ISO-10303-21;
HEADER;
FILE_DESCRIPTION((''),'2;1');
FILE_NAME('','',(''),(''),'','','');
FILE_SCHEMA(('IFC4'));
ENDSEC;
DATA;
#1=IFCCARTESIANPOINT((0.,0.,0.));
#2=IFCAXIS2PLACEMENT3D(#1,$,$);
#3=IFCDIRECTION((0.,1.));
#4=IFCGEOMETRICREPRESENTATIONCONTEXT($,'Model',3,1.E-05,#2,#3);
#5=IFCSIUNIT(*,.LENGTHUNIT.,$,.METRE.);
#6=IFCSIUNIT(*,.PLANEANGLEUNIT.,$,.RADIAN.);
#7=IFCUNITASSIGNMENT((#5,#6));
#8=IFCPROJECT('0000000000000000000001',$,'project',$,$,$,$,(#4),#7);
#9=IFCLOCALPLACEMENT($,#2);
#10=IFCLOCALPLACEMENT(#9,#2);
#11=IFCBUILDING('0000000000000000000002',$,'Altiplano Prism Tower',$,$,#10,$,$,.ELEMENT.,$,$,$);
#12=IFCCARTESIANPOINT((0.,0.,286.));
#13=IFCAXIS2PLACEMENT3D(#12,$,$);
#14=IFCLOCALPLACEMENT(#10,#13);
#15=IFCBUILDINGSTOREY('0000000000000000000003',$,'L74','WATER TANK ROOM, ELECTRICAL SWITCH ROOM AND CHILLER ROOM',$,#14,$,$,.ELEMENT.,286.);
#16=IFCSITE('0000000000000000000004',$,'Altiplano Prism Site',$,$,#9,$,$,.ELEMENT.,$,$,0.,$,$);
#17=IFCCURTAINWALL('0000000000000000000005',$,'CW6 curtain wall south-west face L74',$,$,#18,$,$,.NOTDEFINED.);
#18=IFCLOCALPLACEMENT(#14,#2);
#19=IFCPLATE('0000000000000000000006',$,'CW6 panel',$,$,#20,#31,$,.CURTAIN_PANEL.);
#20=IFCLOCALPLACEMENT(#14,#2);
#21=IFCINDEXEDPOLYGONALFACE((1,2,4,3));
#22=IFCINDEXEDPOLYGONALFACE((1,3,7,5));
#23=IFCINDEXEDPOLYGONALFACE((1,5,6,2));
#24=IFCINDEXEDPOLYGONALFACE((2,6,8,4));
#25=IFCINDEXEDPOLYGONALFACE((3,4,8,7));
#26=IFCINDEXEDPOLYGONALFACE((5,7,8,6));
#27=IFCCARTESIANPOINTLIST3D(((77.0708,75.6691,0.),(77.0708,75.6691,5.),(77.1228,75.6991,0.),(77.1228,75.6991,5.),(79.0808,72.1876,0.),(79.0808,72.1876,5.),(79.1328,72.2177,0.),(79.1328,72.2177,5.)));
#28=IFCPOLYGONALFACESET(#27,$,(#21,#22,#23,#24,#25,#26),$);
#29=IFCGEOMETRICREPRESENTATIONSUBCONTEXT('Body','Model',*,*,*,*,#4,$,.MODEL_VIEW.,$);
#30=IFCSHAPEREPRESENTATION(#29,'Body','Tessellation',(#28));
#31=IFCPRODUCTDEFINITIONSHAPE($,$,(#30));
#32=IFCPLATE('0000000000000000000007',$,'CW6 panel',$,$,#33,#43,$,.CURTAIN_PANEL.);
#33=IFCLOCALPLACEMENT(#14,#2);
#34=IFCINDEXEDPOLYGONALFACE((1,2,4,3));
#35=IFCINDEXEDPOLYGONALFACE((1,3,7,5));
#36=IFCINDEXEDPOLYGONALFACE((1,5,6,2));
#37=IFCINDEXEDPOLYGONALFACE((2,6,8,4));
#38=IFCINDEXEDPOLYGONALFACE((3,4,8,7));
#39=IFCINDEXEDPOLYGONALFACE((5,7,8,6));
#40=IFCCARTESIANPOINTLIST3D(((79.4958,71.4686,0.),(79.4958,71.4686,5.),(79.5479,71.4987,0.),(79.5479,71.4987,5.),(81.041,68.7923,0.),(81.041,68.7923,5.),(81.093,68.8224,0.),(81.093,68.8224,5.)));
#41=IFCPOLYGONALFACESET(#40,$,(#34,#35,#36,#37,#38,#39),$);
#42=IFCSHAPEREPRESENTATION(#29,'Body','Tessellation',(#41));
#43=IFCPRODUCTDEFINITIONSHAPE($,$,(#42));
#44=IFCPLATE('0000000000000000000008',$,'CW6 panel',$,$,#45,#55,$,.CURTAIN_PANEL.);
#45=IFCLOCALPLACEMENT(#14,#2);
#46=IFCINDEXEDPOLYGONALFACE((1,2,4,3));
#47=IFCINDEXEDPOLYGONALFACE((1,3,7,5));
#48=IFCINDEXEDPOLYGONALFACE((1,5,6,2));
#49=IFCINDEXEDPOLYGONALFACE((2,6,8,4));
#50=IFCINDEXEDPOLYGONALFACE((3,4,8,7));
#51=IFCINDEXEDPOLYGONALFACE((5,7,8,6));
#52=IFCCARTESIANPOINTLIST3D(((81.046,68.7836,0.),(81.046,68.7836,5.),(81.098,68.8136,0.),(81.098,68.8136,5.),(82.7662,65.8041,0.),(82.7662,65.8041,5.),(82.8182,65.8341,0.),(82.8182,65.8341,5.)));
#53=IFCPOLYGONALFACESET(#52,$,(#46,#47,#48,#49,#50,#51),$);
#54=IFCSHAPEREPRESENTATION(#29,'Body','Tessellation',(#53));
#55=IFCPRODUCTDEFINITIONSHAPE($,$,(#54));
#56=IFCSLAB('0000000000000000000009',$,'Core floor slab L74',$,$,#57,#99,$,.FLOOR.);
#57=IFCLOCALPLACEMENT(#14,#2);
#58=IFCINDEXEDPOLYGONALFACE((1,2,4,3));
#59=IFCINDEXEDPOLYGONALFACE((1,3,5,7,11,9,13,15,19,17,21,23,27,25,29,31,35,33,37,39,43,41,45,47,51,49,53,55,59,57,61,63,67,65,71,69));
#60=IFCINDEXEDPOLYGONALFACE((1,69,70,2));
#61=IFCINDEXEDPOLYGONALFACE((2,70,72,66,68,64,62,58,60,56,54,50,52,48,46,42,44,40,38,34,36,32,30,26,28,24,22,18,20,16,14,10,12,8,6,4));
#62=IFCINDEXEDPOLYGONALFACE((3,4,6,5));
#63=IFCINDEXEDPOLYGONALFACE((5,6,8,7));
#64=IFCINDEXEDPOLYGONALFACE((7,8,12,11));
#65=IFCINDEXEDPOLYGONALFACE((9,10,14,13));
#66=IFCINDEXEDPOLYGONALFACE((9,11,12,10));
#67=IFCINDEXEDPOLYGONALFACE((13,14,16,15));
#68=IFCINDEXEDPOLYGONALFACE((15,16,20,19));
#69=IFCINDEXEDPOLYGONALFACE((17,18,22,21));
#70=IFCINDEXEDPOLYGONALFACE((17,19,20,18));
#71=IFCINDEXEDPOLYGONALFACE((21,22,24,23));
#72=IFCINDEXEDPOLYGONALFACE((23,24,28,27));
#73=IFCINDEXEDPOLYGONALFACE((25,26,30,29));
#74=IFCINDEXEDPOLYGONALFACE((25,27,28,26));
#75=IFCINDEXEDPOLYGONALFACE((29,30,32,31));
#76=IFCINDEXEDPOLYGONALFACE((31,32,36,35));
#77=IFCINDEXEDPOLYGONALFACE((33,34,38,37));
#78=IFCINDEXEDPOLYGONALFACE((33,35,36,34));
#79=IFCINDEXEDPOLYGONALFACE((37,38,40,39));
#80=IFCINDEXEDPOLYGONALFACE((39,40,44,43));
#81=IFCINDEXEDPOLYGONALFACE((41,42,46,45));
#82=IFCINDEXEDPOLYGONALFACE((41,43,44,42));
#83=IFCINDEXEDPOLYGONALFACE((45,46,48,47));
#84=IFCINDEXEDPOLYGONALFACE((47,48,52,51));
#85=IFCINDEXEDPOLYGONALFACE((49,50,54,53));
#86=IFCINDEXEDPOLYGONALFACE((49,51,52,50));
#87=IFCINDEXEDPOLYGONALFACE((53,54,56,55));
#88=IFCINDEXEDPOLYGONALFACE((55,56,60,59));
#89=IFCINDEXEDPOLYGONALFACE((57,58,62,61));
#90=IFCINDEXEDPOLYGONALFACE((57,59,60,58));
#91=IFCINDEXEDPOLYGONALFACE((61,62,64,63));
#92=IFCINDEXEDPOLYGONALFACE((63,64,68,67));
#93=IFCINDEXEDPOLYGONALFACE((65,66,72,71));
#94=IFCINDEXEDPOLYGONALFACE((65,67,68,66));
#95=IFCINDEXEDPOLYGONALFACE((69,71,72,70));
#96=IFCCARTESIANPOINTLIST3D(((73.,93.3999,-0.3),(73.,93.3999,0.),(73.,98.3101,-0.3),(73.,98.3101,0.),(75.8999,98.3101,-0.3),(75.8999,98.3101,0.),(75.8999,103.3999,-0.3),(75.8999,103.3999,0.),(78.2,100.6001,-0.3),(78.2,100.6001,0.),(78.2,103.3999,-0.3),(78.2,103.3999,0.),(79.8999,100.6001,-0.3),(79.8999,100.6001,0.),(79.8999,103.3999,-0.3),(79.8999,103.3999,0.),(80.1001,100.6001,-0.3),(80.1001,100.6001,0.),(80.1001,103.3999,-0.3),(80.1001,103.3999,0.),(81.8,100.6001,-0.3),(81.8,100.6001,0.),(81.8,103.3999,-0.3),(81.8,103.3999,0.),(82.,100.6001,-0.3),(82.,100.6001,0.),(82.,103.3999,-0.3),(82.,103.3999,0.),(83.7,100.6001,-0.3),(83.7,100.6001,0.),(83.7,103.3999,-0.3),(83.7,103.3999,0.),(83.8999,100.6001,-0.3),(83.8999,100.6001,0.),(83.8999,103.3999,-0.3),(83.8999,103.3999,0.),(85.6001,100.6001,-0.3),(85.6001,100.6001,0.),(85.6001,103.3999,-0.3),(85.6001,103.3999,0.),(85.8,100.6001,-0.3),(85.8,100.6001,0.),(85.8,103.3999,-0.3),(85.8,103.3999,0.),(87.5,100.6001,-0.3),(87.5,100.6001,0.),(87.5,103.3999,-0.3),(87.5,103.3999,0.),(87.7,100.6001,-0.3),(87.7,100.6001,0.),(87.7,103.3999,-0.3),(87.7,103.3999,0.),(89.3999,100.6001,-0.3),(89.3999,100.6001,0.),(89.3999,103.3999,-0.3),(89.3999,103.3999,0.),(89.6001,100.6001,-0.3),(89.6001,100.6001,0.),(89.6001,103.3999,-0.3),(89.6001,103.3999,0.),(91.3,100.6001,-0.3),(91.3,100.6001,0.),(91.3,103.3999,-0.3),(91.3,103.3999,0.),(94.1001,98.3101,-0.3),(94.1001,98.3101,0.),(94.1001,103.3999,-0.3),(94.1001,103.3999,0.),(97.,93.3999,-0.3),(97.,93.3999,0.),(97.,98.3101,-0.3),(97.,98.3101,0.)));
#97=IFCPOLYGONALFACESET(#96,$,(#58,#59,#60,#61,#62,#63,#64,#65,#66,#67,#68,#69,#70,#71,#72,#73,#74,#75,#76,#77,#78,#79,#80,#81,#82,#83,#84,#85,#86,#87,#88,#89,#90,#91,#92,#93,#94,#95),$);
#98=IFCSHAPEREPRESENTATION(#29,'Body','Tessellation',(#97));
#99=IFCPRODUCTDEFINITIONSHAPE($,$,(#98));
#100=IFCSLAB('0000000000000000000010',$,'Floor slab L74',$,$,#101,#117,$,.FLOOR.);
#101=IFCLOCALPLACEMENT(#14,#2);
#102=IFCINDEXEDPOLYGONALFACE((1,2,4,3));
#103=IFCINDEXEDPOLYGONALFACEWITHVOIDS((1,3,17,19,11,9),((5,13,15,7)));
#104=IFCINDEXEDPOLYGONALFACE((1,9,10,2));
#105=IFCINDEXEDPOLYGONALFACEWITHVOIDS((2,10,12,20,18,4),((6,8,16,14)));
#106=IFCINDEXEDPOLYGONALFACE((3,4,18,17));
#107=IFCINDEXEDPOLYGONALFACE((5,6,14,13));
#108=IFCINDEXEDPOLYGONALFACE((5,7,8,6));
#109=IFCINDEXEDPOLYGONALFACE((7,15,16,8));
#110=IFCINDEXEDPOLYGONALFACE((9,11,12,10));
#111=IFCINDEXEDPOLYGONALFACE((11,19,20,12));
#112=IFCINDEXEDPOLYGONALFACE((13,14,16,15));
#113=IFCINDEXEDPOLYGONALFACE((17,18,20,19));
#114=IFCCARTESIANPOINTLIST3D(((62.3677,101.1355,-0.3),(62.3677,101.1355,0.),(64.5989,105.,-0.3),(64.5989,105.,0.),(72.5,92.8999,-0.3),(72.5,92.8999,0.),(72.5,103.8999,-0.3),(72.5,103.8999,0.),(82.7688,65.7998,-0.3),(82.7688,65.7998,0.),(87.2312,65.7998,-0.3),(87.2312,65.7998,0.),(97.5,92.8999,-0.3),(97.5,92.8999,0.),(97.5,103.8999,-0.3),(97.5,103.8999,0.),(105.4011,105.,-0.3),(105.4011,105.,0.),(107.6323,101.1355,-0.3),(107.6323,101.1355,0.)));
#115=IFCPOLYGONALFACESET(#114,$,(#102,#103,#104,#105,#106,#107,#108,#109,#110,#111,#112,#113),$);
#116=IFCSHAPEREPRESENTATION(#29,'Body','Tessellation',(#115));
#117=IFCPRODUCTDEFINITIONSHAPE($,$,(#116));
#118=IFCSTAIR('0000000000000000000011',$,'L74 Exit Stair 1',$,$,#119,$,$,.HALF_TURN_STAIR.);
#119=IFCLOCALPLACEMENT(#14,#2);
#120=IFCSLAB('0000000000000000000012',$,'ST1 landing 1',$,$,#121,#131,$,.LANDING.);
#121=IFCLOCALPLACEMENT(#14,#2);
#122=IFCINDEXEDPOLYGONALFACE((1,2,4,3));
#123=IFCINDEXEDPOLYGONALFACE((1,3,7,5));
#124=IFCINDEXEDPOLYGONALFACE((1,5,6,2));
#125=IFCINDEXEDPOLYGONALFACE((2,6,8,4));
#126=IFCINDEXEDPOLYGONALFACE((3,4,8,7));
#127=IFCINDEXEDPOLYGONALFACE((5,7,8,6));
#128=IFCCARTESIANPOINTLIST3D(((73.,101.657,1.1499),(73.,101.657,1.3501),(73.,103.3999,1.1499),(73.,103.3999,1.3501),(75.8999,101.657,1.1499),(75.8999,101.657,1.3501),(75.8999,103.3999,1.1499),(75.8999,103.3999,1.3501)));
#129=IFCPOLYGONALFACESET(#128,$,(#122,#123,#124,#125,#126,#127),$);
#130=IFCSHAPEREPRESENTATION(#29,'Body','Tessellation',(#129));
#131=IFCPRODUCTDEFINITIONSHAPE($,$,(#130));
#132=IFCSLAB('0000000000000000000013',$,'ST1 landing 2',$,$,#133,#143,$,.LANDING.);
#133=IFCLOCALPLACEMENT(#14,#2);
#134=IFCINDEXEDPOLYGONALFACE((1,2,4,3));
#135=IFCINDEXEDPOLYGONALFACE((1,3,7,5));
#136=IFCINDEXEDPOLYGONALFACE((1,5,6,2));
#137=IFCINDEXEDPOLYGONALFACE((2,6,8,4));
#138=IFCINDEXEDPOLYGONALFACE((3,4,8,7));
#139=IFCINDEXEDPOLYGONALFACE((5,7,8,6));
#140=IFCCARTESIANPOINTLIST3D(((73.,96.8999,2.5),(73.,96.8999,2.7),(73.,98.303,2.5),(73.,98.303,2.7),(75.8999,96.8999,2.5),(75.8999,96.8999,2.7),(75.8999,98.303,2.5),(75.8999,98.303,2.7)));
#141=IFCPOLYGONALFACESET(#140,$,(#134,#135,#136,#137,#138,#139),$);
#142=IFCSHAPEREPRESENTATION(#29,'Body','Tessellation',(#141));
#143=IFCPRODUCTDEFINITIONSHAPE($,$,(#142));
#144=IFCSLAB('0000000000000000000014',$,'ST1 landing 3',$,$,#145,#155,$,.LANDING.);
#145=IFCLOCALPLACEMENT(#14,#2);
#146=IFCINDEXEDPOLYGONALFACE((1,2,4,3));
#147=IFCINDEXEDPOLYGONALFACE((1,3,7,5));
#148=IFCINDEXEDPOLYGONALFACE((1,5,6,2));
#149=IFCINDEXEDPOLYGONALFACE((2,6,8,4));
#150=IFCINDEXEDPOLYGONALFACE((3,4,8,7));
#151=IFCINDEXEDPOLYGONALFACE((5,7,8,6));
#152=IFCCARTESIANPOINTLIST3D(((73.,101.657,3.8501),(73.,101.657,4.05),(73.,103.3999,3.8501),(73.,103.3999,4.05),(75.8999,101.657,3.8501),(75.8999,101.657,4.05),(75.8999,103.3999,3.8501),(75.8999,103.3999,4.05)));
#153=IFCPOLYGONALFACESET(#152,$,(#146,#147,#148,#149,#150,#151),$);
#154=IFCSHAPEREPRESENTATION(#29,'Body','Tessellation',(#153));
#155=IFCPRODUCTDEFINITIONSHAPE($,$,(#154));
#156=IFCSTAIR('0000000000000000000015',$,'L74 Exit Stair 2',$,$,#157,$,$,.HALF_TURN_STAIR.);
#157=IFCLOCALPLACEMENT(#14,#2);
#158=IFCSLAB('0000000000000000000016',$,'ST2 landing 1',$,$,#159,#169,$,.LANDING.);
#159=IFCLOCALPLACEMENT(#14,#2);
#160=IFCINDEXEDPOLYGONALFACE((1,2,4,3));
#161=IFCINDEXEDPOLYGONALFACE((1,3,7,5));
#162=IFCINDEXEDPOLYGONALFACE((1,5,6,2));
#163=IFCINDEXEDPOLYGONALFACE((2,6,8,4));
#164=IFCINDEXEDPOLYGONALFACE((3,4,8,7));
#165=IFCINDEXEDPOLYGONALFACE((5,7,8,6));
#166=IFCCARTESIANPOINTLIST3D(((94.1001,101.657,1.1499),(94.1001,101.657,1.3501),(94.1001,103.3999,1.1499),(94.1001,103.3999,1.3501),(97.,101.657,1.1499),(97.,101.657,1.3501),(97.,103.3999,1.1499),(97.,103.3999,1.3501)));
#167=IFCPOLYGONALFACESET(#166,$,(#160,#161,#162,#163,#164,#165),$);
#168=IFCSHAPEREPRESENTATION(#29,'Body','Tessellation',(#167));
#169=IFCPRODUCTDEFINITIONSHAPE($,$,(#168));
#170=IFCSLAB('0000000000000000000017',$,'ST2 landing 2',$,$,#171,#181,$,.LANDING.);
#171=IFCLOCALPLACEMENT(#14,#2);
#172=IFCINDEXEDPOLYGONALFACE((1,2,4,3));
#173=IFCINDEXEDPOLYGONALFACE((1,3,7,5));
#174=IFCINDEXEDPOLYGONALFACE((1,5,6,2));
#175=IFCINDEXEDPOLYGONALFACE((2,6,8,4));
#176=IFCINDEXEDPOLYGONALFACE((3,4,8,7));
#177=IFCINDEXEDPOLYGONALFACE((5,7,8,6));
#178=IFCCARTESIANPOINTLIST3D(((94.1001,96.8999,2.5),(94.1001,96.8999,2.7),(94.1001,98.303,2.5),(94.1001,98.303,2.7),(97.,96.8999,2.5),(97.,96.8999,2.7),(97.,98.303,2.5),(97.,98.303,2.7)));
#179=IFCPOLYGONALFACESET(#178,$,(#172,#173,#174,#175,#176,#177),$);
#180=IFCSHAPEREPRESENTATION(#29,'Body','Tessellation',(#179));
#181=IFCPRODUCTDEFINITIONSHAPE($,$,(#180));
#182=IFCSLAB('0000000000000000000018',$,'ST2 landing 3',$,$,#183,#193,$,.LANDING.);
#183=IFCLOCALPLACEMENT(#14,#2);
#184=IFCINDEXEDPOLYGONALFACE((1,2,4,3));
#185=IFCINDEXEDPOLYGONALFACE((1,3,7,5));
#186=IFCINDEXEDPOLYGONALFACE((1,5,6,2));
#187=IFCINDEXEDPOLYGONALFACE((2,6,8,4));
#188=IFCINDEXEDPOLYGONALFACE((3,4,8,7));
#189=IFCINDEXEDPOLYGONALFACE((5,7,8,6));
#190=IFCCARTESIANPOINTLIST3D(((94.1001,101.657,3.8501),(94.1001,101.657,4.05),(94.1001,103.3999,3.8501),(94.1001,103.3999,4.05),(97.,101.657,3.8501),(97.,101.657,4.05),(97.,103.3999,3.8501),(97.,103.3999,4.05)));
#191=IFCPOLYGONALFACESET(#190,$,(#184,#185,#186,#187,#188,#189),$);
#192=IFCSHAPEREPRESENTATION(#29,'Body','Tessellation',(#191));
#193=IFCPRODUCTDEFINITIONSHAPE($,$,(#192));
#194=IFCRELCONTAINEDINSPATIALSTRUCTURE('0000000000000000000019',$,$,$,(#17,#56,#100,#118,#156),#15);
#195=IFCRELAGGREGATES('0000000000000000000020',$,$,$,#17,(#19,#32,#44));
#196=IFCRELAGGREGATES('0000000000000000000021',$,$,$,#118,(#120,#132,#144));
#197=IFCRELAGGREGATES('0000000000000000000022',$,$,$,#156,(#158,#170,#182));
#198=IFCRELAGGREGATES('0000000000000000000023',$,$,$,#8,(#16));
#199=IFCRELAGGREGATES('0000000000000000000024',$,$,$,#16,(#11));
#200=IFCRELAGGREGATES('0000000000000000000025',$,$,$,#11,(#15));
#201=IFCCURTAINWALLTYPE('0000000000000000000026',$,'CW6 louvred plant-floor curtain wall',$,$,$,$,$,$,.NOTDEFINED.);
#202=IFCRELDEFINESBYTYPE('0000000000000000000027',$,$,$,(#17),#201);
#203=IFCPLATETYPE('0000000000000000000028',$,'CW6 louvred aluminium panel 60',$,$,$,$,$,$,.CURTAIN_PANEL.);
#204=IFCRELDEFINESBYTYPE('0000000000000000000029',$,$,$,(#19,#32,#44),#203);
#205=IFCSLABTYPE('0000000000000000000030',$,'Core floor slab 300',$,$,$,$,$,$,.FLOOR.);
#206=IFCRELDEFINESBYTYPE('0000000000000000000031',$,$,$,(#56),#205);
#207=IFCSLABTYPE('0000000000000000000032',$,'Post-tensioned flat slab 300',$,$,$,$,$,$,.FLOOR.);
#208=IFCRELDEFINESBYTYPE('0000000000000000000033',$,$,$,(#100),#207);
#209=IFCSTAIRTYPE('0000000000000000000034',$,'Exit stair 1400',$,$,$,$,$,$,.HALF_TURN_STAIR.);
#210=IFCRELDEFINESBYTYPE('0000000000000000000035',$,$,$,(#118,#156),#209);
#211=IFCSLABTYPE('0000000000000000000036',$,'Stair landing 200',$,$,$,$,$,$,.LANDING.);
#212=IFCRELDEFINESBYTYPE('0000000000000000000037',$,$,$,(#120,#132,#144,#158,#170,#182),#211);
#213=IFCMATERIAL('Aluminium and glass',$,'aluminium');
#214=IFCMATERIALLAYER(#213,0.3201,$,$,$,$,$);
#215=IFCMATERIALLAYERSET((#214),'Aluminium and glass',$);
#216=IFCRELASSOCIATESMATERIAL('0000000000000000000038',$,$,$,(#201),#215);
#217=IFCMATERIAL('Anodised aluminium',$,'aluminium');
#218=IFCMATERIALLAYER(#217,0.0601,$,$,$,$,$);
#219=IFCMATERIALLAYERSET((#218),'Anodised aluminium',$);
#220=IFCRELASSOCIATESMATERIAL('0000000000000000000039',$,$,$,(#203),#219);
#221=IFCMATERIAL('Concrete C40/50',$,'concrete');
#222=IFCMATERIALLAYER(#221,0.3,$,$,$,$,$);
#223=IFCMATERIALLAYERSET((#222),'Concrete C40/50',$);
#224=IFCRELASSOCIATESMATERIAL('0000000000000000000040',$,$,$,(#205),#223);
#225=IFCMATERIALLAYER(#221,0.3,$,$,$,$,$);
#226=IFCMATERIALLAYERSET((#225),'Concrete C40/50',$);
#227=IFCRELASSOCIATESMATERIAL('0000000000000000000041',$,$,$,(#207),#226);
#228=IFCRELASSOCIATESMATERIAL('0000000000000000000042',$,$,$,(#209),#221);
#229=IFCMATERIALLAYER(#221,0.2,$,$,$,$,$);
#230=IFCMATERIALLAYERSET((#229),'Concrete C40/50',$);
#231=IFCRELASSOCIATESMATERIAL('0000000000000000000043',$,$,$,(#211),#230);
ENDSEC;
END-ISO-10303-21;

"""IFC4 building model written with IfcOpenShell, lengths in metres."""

from ifc_helpers import new_model, si_unit, direction, frame, origin, origin_2d, place, context, subcontext, project, spatial, polyline, rectangle, outline, extrude, material, layer, layer_set, type_object, element, aggregate, save


model = new_model("IFC4")

# Units and contexts
model_context = context("Model", 3, precision=1e-05, world=origin(), true_north=direction((0.0, 1.0)))
body_context = subcontext(model_context, "Body", "Model", "MODEL_VIEW")
ifc_project = project(units=[si_unit("LENGTHUNIT", "METRE"), si_unit("PLANEANGLEUNIT", "RADIAN")], contexts=[model_context])

# Site, building, storey
site_placement = place(None, origin())
site = spatial("IfcSite", under=ifc_project, at=site_placement, Name="Altiplano Prism Site", CompositionType="ELEMENT", RefElevation=0.0)
building_placement = place(site_placement, origin())
building = spatial("IfcBuilding", under=site, at=building_placement, Name="Altiplano Prism Tower", CompositionType="ELEMENT")
storey_placement = place(building_placement, frame((0.0, 0.0, 286.0)))
storey = spatial("IfcBuildingStorey", under=building, at=storey_placement, Name="L74", Description="WATER TANK ROOM, ELECTRICAL SWITCH ROOM AND CHILLER ROOM", CompositionType="ELEMENT", Elevation=286.0)

# Curtain wall
ifc_material_1 = material(Name="Aluminium and glass", Category="aluminium")
ifc_layer_1 = layer(ifc_material_1, 0.3201)
ifc_layer_set_1 = layer_set([ifc_layer_1], Name="Aluminium and glass")
curtain_wall_type = type_object("IfcCurtainWallType", Name="CW6 louvred plant-floor curtain wall", PredefinedType="NOTDEFINED", material=ifc_layer_set_1)
curtain_wall_1_placement = place(storey_placement, origin())
curtain_wall_1 = element("IfcCurtainWall", 1, at=curtain_wall_1_placement, inside=storey, type_object=curtain_wall_type, Name="CW6 curtain wall south-west face L74", PredefinedType="NOTDEFINED")

# Plates
ifc_material_2 = material(Name="Anodised aluminium", Category="aluminium")
ifc_layer_2 = layer(ifc_material_2, 0.0601)
ifc_layer_set_2 = layer_set([ifc_layer_2], Name="Anodised aluminium")
plate_type = type_object("IfcPlateType", Name="CW6 louvred aluminium panel 60", PredefinedType="CURTAIN_PANEL", material=ifc_layer_set_2)
plate_1_placement = place(storey_placement, frame((78.1018, 73.9434, 0.0), z_axis=(0.0, 0.0, 1.0), x_axis=(0.5, -0.866025, 0.0)))
plate_1 = element("IfcPlate", 2, at=plate_1_placement, type_object=plate_type, Name="CW6 panel", PredefinedType="CURTAIN_PANEL", context=body_context, shape_type="SweptSolid", body=[
    extrude(rectangle(XDim=4.02, YDim=0.0601, at=origin_2d()), origin(), (0.0, 0.0, 1.0), 5.0),
])
plate_2_placement = place(storey_placement, frame((80.2944, 70.1455, 0.0), z_axis=(0.0, 0.0, 1.0), x_axis=(0.5, -0.866025, 0.0)))
plate_2 = element("IfcPlate", 3, at=plate_2_placement, type_object=plate_type, Name="CW6 panel", PredefinedType="CURTAIN_PANEL", context=body_context, shape_type="SweptSolid", body=[
    extrude(rectangle(XDim=3.0903, YDim=0.0601, at=origin_2d()), origin(), (0.0, 0.0, 1.0), 5.0),
])
plate_3_placement = place(storey_placement, frame((81.9321, 67.3088, 0.0), z_axis=(0.0, 0.0, 1.0), x_axis=(0.5, -0.866025, 0.0)))
plate_3 = element("IfcPlate", 4, at=plate_3_placement, type_object=plate_type, Name="CW6 panel", PredefinedType="CURTAIN_PANEL", context=body_context, shape_type="SweptSolid", body=[
    extrude(rectangle(XDim=3.4404, YDim=0.0601, at=origin_2d()), origin(), (0.0, 0.0, 1.0), 5.0),
])
aggregate(curtain_wall_1, [plate_1, plate_2, plate_3])

# Slabs
ifc_material_3 = material(Name="Concrete C40/50", Category="concrete")
ifc_layer_3 = layer(ifc_material_3, 0.3)
ifc_layer_set_3 = layer_set([ifc_layer_3], Name="Concrete C40/50")
slab_type_1 = type_object("IfcSlabType", Name="Core floor slab 300", PredefinedType="FLOOR", material=ifc_layer_set_3)
slab_1_placement = place(storey_placement, frame((0.0, 0.0, -0.3)))
element("IfcSlab", 5, at=slab_1_placement, inside=storey, type_object=slab_type_1, Name="Core floor slab L74", PredefinedType="FLOOR", context=body_context, shape_type="SweptSolid", body=[
    extrude(outline(polyline([(97.0, 98.3101), (94.1001, 98.3101), (94.1001, 103.3999), (91.3, 103.3999), (91.3, 100.6001), (89.6001, 100.6001), (89.6001, 103.3999), (89.3999, 103.3999), (89.3999, 100.6001), (87.7, 100.6001), (87.7, 103.3999), (87.5, 103.3999), (87.5, 100.6001), (85.8, 100.6001), (85.8, 103.3999), (85.6001, 103.3999), (85.6001, 100.6001), (83.8999, 100.6001), (83.8999, 103.3999), (83.7, 103.3999), (83.7, 100.6001), (82.0, 100.6001), (82.0, 103.3999), (81.8, 103.3999), (81.8, 100.6001), (80.1001, 100.6001), (80.1001, 103.3999), (79.8999, 103.3999), (79.8999, 100.6001), (78.2, 100.6001), (78.2, 103.3999), (75.8999, 103.3999), (75.8999, 98.3101), (73.0, 98.3101), (73.0, 93.3999), (97.0, 93.3999), (97.0, 98.3101)])), origin(), (0.0, 0.0, 1.0), 0.3),
])
ifc_layer_4 = layer(ifc_material_3, 0.3)
ifc_layer_set_4 = layer_set([ifc_layer_4], Name="Concrete C40/50")
slab_type_2 = type_object("IfcSlabType", Name="Post-tensioned flat slab 300", PredefinedType="FLOOR", material=ifc_layer_set_4)
slab_2_placement = place(storey_placement, frame((0.0, 0.0, -0.3)))
element("IfcSlab", 6, at=slab_2_placement, inside=storey, type_object=slab_type_2, Name="Floor slab L74", PredefinedType="FLOOR", context=body_context, shape_type="SweptSolid", body=[
    extrude(outline(polyline([(107.6323, 101.1355), (87.2312, 65.7998), (82.7688, 65.7998), (62.3677, 101.1355), (64.5989, 105.0), (105.4011, 105.0), (107.6323, 101.1355)]), holes=[polyline([(97.5, 92.8999), (97.5, 103.8999), (72.5, 103.8999), (72.5, 92.8999), (97.5, 92.8999)])]), origin(), (0.0, 0.0, 1.0), 0.3),
])

# Stairs, slabs
stair_type = type_object("IfcStairType", Name="Exit stair 1400", PredefinedType="HALF_TURN_STAIR", material=ifc_material_3)
stair_1_placement = place(storey_placement, origin())
stair_1 = element("IfcStair", 7, at=stair_1_placement, inside=storey, type_object=stair_type, Name="L74 Exit Stair 1", PredefinedType="HALF_TURN_STAIR")
ifc_layer_5 = layer(ifc_material_3, 0.2)
ifc_layer_set_5 = layer_set([ifc_layer_5], Name="Concrete C40/50")
slab_type_3 = type_object("IfcSlabType", Name="Stair landing 200", PredefinedType="LANDING", material=ifc_layer_set_5)
slab_3_placement = place(storey_placement, frame((0.0, 0.0, 1.1499)))
slab_3 = element("IfcSlab", 8, at=slab_3_placement, type_object=slab_type_3, Name="ST1 landing 1", PredefinedType="LANDING", context=body_context, shape_type="SweptSolid", body=[
    extrude(outline(polyline([(75.8999, 101.657), (75.8999, 103.3999), (73.0, 103.3999), (73.0, 101.657), (75.8999, 101.657)])), origin(), (0.0, 0.0, 1.0), 0.2002),
])
slab_4_placement = place(storey_placement, frame((0.0, 0.0, 2.5)))
slab_4 = element("IfcSlab", 9, at=slab_4_placement, type_object=slab_type_3, Name="ST1 landing 2", PredefinedType="LANDING", context=body_context, shape_type="SweptSolid", body=[
    extrude(outline(polyline([(75.8999, 96.8999), (75.8999, 98.303), (73.0, 98.303), (73.0, 96.8999), (75.8999, 96.8999)])), origin(), (0.0, 0.0, 1.0), 0.2),
])
slab_5_placement = place(storey_placement, frame((0.0, 0.0, 3.8501)))
slab_5 = element("IfcSlab", 10, at=slab_5_placement, type_object=slab_type_3, Name="ST1 landing 3", PredefinedType="LANDING", context=body_context, shape_type="SweptSolid", body=[
    extrude(outline(polyline([(75.8999, 101.657), (75.8999, 103.3999), (73.0, 103.3999), (73.0, 101.657), (75.8999, 101.657)])), origin(), (0.0, 0.0, 1.0), 0.2),
])
aggregate(stair_1, [slab_3, slab_4, slab_5])
stair_2_placement = place(storey_placement, origin())
stair_2 = element("IfcStair", 11, at=stair_2_placement, inside=storey, type_object=stair_type, Name="L74 Exit Stair 2", PredefinedType="HALF_TURN_STAIR")
slab_6_placement = place(storey_placement, frame((0.0, 0.0, 1.1499)))
slab_6 = element("IfcSlab", 12, at=slab_6_placement, type_object=slab_type_3, Name="ST2 landing 1", PredefinedType="LANDING", context=body_context, shape_type="SweptSolid", body=[
    extrude(outline(polyline([(97.0, 101.657), (97.0, 103.3999), (94.1001, 103.3999), (94.1001, 101.657), (97.0, 101.657)])), origin(), (0.0, 0.0, 1.0), 0.2002),
])
slab_7_placement = place(storey_placement, frame((0.0, 0.0, 2.5)))
slab_7 = element("IfcSlab", 13, at=slab_7_placement, type_object=slab_type_3, Name="ST2 landing 2", PredefinedType="LANDING", context=body_context, shape_type="SweptSolid", body=[
    extrude(outline(polyline([(97.0, 96.8999), (97.0, 98.303), (94.1001, 98.303), (94.1001, 96.8999), (97.0, 96.8999)])), origin(), (0.0, 0.0, 1.0), 0.2),
])
slab_8_placement = place(storey_placement, frame((0.0, 0.0, 3.8501)))
slab_8 = element("IfcSlab", 14, at=slab_8_placement, type_object=slab_type_3, Name="ST2 landing 3", PredefinedType="LANDING", context=body_context, shape_type="SweptSolid", body=[
    extrude(outline(polyline([(97.0, 101.657), (97.0, 103.3999), (94.1001, 103.3999), (94.1001, 101.657), (97.0, 101.657)])), origin(), (0.0, 0.0, 1.0), 0.2),
])
aggregate(stair_2, [slab_6, slab_7, slab_8])

save(model, "model.ifc")
